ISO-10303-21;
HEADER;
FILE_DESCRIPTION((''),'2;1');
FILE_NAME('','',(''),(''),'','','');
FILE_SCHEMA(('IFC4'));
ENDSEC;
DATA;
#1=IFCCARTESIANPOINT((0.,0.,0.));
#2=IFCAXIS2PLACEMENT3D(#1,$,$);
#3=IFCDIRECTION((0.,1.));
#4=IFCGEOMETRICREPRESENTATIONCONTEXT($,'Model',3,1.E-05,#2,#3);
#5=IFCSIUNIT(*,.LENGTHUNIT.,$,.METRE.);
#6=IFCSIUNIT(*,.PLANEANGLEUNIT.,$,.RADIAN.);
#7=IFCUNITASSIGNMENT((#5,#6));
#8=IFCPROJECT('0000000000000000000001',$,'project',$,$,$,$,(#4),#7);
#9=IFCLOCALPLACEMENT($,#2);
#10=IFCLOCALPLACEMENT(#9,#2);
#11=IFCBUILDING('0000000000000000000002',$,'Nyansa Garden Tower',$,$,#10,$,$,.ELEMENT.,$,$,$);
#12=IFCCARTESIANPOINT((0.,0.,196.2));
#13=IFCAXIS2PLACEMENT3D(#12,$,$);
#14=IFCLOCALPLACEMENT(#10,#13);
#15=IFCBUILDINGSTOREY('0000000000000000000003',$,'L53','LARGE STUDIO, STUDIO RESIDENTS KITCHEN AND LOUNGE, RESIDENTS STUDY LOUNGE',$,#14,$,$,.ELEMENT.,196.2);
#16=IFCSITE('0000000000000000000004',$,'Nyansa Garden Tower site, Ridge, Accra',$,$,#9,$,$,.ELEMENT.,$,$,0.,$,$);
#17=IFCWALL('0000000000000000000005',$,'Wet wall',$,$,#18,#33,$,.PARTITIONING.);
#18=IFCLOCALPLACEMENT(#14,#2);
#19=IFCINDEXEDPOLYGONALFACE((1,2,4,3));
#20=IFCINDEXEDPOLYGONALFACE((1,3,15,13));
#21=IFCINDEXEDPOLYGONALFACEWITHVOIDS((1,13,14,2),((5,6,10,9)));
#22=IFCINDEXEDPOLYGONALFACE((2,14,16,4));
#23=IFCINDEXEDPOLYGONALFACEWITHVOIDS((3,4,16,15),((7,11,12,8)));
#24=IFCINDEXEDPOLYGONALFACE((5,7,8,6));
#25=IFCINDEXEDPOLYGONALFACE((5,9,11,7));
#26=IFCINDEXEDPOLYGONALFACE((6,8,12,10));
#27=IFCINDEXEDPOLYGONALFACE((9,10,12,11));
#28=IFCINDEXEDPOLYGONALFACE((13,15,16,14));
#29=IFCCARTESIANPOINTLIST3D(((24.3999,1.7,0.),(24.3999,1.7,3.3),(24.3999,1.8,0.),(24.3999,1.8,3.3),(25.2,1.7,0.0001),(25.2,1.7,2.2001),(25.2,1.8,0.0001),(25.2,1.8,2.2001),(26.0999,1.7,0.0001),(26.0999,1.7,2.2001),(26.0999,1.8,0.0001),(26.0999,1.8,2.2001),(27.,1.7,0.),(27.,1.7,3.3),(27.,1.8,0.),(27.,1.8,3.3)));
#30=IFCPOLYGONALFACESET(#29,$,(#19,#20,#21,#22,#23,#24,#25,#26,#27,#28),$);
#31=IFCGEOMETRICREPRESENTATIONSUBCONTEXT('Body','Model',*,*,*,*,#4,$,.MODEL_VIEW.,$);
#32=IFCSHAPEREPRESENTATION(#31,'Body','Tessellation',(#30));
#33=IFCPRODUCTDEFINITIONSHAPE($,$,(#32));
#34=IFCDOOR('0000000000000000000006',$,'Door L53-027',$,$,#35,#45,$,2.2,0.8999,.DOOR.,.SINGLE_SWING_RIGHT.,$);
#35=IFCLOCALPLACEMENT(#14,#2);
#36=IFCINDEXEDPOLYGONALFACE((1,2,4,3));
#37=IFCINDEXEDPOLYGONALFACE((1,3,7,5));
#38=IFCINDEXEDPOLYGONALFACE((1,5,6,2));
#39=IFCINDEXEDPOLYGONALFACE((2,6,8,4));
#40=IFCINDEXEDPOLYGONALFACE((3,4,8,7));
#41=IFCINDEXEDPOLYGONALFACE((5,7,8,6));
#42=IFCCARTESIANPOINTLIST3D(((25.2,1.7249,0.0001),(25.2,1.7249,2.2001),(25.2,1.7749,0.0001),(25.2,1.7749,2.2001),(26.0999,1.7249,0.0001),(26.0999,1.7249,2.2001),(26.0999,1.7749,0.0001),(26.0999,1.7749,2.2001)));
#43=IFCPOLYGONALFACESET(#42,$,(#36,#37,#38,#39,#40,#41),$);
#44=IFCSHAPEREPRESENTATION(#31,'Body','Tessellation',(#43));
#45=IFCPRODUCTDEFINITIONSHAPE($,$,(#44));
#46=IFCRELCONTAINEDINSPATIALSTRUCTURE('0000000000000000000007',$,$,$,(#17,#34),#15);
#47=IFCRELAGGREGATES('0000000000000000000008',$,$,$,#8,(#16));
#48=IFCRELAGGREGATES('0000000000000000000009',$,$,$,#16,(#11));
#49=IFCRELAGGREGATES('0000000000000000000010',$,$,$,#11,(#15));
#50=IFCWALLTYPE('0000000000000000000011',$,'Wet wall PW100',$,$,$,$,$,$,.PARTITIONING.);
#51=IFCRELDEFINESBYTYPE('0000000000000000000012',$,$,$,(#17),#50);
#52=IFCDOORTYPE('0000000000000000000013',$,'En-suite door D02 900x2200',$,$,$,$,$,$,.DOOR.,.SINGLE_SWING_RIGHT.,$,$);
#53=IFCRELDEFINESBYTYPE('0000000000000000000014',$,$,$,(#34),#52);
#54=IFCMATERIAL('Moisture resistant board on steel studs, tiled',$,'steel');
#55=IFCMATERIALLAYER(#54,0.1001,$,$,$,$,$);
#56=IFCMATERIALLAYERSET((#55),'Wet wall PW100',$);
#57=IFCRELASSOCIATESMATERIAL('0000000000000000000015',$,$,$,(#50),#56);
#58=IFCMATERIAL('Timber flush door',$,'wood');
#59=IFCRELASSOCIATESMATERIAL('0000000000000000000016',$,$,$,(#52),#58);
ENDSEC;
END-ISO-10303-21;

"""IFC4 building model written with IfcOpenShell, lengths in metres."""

from ifc_helpers import new_model, si_unit, direction, frame, frame_2d, origin, place, context, subcontext, project, spatial, rectangle, extrude, material, layer, layer_set, type_object, element, fill, save


model = new_model("IFC4")

# Units and contexts
model_context = context("Model", 3, precision=1e-05, world=origin(), true_north=direction((0.0, 1.0)))
body_context = subcontext(model_context, "Body", "Model", "MODEL_VIEW")
ifc_project = project(units=[si_unit("LENGTHUNIT", "METRE"), si_unit("PLANEANGLEUNIT", "RADIAN")], contexts=[model_context])

# Site, building, storey
site_placement = place(None, origin())
site = spatial("IfcSite", under=ifc_project, at=site_placement, Name="Nyansa Garden Tower site, Ridge, Accra", CompositionType="ELEMENT", RefElevation=0.0)
building_placement = place(site_placement, origin())
building = spatial("IfcBuilding", under=site, at=building_placement, Name="Nyansa Garden Tower", CompositionType="ELEMENT")
storey_placement = place(building_placement, frame((0.0, 0.0, 196.2)))
storey = spatial("IfcBuildingStorey", under=building, at=storey_placement, Name="L53", Description="LARGE STUDIO, STUDIO RESIDENTS KITCHEN AND LOUNGE, RESIDENTS STUDY LOUNGE", CompositionType="ELEMENT", Elevation=196.2)

# Shared definitions
ifc_material_1 = material(Name="Moisture resistant board on steel studs, tiled", Category="steel")
ifc_layer_1 = layer(ifc_material_1, 0.1001)
ifc_layer_set_1 = layer_set([ifc_layer_1], Name="Wet wall PW100")
wall_type_1 = type_object("IfcWallType", Name="Wet wall PW100", PredefinedType="PARTITIONING", material=ifc_layer_set_1)
ifc_material_2 = material(Name="Timber flush door", Category="wood")
door_type_1 = type_object("IfcDoorType", Name="En-suite door D02 900x2200", OperationType="SINGLE_SWING_RIGHT", PredefinedType="DOOR", material=ifc_material_2)

# Wall, opening, door
wall_1_placement = place(storey_placement, frame((24.3999, 1.75, 0.0), z_axis=(0.0, 0.0, 1.0), x_axis=(1.0, 0.0, 0.0)))
wall_1 = element("IfcWall", 1, at=wall_1_placement, inside=storey, type_object=wall_type_1, Name="Wet wall", PredefinedType="PARTITIONING", context=body_context, shape_type="SweptSolid", body=[
    extrude(rectangle(XDim=2.6001, YDim=0.1001, at=frame_2d((1.3, 0.0))), origin(), (0.0, 0.0, 1.0), 3.3),
])
opening_1_placement = place(wall_1_placement, frame((0.8, 0.0, 0.0)))
opening_1 = element("IfcOpeningElement", 2, at=opening_1_placement, cuts=wall_1, PredefinedType="OPENING", context=body_context, shape_type="SweptSolid", body=[
    extrude(rectangle(XDim=0.8999, YDim=2.2, at=frame_2d((0.45, 1.1001))), frame((0.0, 0.0601, 0.0), z_axis=(0.0, -1.0, 0.0), x_axis=(1.0, 0.0, 0.0)), (0.0, 0.0, 1.0), 0.1201),
])
door_1_placement = place(opening_1_placement, origin())
door_1 = element("IfcDoor", 3, at=door_1_placement, inside=storey, type_object=door_type_1, Name="Door L53-027", OperationType="SINGLE_SWING_RIGHT", OverallHeight=2.2, OverallWidth=0.8999, PredefinedType="DOOR", context=body_context, shape_type="SweptSolid", body=[
    extrude(rectangle(XDim=0.8999, YDim=2.2, at=frame_2d((0.45, 1.1001))), frame((0.0, 0.0249, 0.0), z_axis=(0.0, -1.0, 0.0), x_axis=(1.0, 0.0, 0.0)), (0.0, 0.0, 1.0), 0.05),
])
fill(opening_1, door_1)

save(model, "model.ifc")
